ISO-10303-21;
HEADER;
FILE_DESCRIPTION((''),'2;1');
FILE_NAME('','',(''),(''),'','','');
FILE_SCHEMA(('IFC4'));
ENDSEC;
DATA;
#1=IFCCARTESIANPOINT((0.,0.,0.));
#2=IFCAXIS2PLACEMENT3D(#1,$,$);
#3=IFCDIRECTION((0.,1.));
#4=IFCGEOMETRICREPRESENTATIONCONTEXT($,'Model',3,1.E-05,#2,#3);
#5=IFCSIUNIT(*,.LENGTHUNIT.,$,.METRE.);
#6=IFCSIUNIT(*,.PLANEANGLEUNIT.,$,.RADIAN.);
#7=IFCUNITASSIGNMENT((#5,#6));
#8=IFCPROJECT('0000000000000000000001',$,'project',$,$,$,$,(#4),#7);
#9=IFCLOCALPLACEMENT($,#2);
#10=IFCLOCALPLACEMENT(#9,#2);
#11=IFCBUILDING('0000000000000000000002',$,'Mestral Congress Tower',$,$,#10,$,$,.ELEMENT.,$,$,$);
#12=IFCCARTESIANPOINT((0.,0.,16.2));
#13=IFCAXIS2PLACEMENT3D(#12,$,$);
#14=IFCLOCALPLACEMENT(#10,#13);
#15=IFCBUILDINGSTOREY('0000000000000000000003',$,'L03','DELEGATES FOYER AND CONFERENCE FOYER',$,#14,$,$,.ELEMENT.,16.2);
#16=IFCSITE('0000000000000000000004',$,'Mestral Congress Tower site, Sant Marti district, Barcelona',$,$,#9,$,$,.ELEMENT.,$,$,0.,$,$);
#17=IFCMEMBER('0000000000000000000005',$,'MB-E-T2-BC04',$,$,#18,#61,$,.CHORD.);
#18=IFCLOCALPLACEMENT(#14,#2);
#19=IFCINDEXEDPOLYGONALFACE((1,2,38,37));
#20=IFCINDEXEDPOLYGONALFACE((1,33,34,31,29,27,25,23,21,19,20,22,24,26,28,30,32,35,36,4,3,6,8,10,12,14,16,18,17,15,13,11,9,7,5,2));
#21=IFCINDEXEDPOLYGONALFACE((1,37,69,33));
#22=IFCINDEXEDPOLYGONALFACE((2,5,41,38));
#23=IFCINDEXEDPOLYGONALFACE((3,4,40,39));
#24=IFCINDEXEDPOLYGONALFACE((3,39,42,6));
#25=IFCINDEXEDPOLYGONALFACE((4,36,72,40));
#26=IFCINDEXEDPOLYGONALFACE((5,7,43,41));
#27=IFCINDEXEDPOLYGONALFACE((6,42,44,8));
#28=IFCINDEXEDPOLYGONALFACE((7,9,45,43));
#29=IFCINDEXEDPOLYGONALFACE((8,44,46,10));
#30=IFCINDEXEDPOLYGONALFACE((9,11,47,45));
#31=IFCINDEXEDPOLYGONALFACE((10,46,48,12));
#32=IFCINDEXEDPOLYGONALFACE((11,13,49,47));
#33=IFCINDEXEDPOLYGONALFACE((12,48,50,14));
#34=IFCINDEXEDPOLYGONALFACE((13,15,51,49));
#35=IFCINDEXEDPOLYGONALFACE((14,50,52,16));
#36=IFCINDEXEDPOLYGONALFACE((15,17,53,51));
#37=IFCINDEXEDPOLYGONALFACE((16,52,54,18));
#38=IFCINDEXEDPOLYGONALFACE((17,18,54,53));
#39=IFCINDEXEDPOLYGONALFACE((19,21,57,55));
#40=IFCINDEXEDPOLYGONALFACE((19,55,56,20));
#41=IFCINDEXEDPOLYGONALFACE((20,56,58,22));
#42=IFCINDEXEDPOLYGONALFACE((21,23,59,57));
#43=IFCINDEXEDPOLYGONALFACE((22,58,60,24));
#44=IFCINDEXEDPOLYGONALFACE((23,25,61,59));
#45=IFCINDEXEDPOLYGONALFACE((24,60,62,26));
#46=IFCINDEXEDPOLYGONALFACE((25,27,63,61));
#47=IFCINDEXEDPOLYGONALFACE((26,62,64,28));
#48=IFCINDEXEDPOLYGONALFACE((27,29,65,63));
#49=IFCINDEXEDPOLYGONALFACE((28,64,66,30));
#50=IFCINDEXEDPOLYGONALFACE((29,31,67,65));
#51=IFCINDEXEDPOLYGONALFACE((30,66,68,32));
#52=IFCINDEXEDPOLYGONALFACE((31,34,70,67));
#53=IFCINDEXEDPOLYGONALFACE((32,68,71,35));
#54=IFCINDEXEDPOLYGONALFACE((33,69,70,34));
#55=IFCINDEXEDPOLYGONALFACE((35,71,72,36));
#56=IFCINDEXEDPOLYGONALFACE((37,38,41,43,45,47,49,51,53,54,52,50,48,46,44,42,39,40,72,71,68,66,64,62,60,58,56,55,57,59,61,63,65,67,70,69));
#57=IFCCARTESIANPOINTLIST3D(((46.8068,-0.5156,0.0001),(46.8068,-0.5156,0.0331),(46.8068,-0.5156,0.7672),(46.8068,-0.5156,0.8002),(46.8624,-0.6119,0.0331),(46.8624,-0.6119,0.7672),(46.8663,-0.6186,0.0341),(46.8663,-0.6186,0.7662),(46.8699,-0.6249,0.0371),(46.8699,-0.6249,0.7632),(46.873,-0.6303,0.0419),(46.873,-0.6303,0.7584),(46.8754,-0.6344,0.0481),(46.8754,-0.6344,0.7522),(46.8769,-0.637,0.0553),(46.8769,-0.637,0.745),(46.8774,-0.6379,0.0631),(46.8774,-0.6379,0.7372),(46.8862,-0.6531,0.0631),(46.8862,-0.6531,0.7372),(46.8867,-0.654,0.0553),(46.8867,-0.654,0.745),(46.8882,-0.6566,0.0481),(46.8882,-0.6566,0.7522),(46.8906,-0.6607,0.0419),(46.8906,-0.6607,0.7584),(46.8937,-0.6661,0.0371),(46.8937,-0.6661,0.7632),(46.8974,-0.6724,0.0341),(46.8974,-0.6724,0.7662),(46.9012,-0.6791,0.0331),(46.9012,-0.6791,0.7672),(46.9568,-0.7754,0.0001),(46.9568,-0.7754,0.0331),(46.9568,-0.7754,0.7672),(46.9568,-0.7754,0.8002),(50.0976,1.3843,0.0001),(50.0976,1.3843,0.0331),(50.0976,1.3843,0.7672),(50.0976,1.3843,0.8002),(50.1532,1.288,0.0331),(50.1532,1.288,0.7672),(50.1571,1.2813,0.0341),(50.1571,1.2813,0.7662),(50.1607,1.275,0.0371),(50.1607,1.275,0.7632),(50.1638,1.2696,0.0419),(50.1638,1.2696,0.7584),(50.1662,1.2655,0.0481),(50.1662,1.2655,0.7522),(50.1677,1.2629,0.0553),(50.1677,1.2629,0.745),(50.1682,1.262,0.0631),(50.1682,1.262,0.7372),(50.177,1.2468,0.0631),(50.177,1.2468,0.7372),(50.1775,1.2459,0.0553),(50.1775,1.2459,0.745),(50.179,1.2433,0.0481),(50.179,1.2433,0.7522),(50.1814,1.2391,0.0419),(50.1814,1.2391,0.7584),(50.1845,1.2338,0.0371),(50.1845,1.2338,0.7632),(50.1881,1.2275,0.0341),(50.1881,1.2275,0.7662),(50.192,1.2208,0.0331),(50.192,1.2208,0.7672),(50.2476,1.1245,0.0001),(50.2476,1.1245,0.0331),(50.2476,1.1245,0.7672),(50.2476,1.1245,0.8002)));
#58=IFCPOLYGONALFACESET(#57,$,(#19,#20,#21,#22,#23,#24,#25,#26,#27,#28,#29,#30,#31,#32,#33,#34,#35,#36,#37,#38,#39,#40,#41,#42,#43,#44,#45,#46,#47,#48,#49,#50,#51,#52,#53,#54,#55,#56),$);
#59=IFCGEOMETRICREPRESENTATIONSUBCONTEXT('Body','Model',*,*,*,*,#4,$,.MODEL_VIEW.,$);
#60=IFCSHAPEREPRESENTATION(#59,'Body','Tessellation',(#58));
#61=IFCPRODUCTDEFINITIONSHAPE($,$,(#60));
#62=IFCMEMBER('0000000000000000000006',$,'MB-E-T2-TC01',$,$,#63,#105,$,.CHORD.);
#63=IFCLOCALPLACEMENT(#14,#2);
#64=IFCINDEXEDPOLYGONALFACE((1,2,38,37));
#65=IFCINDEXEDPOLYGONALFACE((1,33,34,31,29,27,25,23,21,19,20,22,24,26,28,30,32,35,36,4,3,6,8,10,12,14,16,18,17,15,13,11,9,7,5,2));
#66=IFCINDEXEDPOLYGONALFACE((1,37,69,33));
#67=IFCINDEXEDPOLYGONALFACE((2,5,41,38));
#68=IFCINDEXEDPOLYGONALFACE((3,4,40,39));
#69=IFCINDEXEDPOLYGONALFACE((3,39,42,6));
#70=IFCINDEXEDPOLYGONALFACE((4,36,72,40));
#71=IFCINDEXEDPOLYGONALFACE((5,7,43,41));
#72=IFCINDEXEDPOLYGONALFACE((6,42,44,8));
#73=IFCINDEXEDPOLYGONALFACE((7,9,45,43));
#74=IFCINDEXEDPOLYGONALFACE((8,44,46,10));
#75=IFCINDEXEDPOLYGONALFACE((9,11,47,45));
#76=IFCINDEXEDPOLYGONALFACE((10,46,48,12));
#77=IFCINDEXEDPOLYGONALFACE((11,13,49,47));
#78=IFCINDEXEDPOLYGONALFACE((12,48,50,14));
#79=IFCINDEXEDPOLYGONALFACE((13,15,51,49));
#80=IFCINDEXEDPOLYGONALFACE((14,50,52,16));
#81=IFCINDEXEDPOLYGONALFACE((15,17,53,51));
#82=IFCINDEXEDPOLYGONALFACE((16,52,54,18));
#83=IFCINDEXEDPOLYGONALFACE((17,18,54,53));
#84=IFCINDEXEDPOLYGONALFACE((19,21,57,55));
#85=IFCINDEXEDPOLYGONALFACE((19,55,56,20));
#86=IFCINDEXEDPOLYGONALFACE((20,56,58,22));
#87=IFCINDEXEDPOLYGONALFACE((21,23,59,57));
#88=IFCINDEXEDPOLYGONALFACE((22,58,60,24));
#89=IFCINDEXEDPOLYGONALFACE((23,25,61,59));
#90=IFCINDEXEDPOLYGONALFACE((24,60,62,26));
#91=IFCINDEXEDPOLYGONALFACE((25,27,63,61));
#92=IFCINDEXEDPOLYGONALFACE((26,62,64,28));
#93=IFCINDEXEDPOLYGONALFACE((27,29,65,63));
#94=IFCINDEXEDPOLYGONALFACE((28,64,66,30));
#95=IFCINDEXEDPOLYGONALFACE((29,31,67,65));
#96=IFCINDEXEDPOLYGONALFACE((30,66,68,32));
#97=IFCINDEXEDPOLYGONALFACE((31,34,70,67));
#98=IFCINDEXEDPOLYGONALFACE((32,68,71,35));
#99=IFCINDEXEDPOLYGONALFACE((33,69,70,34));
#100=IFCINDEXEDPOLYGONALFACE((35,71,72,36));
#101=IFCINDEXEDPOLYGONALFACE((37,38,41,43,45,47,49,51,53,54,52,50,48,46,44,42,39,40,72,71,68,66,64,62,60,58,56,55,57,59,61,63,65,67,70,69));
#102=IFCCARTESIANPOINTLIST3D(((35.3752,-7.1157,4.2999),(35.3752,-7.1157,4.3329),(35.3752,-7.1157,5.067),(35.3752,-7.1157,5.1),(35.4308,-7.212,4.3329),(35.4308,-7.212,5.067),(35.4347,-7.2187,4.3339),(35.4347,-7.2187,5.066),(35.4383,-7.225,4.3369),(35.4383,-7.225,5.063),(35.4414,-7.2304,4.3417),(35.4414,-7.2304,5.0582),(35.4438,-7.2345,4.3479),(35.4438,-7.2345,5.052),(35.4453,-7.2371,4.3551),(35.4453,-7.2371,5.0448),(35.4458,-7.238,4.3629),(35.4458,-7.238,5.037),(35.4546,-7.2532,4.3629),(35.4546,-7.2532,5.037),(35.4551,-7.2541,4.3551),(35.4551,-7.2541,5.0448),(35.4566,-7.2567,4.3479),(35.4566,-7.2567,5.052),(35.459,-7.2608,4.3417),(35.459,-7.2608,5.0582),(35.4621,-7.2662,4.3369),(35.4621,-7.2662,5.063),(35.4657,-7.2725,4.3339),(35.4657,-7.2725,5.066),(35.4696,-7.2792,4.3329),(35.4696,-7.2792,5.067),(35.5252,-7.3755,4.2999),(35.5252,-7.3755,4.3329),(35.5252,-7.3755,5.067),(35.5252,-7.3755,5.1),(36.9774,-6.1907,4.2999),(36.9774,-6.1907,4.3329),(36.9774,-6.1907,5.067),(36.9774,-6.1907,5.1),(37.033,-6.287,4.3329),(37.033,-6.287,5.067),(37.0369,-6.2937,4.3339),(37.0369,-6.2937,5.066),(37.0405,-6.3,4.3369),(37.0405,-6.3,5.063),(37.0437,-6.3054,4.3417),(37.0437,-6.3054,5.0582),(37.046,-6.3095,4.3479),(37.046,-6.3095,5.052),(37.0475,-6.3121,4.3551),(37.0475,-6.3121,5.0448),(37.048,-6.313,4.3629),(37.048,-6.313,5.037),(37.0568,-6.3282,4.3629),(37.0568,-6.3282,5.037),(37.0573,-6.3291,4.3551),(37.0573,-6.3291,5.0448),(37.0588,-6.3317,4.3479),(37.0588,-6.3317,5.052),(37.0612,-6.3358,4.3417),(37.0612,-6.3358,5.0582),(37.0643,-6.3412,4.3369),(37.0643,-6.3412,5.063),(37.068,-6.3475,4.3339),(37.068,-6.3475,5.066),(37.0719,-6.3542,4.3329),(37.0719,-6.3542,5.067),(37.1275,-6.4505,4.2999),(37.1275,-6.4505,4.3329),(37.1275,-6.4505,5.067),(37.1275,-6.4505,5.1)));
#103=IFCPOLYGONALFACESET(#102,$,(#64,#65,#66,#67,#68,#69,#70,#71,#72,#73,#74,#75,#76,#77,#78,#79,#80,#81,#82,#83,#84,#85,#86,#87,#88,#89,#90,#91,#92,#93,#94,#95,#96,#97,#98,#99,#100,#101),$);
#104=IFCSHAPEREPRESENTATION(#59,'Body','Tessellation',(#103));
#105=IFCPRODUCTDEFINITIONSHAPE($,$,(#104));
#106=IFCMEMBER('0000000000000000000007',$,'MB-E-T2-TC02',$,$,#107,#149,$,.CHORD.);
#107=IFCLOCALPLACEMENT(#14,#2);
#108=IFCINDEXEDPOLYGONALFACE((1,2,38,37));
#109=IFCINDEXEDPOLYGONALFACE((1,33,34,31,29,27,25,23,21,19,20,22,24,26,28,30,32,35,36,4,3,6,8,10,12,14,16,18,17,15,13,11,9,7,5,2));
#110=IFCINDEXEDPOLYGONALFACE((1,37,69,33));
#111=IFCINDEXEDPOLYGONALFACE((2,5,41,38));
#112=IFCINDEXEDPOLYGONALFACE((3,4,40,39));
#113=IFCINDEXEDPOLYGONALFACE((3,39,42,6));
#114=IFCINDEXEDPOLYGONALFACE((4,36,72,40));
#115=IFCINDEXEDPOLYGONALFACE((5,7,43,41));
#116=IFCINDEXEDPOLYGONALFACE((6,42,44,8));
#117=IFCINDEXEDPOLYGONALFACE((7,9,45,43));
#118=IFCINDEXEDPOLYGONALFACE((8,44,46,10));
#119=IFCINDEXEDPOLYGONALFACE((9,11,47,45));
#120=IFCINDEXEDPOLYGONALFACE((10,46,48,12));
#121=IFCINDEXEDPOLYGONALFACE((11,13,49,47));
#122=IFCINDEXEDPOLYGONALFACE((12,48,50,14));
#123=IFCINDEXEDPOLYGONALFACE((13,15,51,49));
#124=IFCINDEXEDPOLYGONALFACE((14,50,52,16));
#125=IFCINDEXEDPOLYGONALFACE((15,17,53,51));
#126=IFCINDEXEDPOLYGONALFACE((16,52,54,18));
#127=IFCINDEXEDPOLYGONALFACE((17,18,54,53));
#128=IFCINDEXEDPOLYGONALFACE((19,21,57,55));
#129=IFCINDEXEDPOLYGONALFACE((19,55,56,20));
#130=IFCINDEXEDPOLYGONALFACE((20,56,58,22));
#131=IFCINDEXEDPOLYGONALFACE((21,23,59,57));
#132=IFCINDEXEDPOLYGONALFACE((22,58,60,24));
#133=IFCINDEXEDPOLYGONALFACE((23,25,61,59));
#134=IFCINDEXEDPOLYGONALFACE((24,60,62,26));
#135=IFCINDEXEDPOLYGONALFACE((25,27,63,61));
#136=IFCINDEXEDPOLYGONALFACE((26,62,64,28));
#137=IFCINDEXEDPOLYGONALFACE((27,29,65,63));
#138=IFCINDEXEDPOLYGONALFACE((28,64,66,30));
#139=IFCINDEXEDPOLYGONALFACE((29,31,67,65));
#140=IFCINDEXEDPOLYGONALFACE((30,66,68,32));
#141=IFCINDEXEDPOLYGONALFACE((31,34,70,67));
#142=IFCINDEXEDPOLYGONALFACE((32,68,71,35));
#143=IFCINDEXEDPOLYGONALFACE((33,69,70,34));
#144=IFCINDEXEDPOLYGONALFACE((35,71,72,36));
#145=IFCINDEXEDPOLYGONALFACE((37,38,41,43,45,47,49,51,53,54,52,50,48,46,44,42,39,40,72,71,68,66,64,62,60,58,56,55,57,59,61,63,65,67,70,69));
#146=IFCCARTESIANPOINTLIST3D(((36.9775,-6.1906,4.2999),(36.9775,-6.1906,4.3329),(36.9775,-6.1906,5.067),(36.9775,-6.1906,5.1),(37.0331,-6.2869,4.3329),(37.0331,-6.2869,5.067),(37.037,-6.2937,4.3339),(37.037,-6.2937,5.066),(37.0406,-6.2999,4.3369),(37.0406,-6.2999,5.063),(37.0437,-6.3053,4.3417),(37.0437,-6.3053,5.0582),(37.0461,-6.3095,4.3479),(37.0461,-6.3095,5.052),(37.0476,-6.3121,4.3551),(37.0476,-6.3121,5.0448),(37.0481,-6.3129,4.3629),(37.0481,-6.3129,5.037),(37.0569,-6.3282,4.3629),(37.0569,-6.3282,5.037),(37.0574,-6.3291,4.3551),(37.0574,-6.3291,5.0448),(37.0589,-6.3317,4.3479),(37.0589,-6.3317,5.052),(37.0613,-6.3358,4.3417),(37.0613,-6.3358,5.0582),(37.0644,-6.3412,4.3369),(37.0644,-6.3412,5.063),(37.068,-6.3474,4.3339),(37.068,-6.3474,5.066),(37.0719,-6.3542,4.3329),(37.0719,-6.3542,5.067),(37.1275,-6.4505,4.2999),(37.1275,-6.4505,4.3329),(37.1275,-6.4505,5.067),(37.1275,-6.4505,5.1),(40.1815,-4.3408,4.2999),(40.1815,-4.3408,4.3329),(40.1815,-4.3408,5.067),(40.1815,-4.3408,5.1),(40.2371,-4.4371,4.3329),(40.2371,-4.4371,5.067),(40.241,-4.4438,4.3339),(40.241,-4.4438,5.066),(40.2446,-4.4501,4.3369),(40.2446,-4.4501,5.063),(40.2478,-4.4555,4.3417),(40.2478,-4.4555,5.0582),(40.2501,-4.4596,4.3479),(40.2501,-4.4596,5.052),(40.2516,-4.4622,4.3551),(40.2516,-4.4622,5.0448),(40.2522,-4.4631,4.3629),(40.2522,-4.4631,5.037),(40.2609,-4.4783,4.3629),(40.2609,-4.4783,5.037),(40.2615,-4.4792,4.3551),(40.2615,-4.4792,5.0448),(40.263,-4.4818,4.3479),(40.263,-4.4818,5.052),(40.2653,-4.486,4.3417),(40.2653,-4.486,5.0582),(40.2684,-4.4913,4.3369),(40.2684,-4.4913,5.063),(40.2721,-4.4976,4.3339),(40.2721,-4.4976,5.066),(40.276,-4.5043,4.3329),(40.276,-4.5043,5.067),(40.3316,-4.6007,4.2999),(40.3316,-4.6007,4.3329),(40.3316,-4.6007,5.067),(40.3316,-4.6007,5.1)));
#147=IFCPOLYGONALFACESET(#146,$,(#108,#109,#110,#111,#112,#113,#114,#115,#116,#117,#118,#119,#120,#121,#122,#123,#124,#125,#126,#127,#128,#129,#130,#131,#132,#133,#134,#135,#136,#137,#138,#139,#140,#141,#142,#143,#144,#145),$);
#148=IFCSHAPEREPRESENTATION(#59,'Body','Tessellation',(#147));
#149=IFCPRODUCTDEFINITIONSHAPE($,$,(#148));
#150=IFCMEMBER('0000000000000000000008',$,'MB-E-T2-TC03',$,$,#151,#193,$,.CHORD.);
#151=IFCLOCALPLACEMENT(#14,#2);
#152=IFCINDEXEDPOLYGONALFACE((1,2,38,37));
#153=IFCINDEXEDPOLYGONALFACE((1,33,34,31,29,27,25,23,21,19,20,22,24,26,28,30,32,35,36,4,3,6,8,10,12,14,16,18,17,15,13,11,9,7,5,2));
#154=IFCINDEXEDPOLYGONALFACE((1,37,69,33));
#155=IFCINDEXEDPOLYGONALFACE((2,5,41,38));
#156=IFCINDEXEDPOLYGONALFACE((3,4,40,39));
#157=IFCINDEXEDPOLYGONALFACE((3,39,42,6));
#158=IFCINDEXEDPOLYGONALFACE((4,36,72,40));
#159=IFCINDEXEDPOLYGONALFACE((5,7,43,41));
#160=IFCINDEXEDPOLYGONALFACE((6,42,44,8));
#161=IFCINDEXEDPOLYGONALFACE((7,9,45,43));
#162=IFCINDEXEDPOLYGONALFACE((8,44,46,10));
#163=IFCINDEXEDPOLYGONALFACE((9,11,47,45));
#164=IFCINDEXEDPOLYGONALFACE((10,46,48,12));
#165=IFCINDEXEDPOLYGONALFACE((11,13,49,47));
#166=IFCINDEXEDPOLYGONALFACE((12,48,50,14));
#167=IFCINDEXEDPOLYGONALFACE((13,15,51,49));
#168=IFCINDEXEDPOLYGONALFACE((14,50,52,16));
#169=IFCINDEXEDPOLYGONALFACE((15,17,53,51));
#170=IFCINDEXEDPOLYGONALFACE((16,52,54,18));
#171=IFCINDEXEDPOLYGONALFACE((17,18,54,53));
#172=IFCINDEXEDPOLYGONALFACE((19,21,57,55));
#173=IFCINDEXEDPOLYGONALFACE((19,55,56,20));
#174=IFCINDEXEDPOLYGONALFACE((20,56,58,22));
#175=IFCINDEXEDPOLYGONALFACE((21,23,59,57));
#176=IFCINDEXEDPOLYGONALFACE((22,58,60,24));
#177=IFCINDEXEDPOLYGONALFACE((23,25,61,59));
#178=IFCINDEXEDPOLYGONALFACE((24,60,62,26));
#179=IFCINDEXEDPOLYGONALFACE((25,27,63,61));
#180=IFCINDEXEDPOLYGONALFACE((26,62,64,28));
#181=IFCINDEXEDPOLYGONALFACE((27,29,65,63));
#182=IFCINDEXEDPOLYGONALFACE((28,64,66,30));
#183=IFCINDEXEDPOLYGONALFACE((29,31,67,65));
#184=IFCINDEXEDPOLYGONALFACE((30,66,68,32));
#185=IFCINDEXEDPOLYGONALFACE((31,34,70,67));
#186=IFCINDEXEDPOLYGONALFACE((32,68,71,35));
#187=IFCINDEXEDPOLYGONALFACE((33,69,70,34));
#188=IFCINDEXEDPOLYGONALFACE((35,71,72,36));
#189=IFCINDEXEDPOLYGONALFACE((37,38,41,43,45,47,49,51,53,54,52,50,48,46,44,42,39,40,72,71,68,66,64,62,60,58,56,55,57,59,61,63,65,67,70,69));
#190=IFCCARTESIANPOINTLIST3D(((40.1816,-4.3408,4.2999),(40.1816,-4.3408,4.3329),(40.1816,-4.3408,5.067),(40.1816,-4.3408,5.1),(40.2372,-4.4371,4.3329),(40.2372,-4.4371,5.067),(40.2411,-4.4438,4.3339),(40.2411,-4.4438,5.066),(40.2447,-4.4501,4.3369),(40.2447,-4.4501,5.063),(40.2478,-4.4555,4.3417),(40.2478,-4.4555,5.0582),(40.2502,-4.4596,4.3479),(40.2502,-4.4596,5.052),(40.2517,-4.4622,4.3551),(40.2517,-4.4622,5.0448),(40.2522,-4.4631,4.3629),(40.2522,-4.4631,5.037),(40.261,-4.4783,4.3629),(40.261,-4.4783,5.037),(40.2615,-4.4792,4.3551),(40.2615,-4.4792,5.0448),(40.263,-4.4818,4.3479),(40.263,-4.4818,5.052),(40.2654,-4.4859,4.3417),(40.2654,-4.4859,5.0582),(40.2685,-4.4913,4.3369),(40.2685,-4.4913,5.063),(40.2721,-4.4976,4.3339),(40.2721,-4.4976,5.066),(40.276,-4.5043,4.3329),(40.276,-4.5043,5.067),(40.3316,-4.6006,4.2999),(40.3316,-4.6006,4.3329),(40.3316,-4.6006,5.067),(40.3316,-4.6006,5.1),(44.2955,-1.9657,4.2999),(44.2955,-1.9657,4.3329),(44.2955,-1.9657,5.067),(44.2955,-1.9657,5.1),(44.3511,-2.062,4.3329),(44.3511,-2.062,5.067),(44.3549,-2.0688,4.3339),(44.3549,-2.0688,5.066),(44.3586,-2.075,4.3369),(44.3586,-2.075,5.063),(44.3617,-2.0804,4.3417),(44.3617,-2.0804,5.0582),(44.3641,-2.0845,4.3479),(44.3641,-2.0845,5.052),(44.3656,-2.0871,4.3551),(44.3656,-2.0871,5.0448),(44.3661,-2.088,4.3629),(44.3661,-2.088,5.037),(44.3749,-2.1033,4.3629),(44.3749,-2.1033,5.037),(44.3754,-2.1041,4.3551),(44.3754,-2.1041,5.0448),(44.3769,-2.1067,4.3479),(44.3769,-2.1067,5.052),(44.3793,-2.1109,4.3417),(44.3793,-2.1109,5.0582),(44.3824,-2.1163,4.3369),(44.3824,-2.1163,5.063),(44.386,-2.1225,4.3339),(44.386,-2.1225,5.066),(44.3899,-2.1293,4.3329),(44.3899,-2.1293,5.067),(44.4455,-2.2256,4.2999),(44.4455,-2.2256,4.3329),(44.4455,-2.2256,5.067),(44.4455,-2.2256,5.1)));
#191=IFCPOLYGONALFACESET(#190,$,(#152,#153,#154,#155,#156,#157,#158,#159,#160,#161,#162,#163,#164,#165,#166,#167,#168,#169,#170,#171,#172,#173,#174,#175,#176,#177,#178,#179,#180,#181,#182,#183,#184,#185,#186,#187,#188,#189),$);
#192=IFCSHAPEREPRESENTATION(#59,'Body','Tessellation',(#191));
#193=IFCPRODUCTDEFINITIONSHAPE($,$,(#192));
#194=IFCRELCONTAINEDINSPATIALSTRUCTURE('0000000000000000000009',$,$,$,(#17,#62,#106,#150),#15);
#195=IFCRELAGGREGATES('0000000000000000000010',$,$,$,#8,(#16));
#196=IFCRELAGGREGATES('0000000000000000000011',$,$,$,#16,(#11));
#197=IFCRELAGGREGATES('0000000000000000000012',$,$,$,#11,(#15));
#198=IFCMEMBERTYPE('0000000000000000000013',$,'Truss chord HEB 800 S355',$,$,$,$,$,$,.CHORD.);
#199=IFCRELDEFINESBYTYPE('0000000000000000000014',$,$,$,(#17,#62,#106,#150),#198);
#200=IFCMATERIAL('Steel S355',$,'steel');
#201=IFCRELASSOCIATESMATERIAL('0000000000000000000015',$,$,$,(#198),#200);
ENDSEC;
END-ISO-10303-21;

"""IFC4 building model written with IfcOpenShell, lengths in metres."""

from ifc_helpers import new_model, si_unit, direction, frame, origin, origin_2d, place, context, subcontext, project, spatial, i_section, extrude, material, material_profile, profile_set, type_object, element, save


model = new_model("IFC4")

# Units and contexts
model_context = context("Model", 3, precision=1e-05, world=origin(), true_north=direction((0.0, 1.0)))
body_context = subcontext(model_context, "Body", "Model", "MODEL_VIEW")
ifc_project = project(units=[si_unit("LENGTHUNIT", "METRE"), si_unit("PLANEANGLEUNIT", "RADIAN")], contexts=[model_context])

# Site, building, storey
site_placement = place(None, origin())
site = spatial("IfcSite", under=ifc_project, at=site_placement, Name="Mestral Congress Tower site, Sant Marti district, Barcelona", CompositionType="ELEMENT", RefElevation=0.0)
building_placement = place(site_placement, origin())
building = spatial("IfcBuilding", under=site, at=building_placement, Name="Mestral Congress Tower", CompositionType="ELEMENT")
storey_placement = place(building_placement, frame((0.0, 0.0, 16.2)))
storey = spatial("IfcBuildingStorey", under=building, at=storey_placement, Name="L03", Description="DELEGATES FOYER AND CONFERENCE FOYER", CompositionType="ELEMENT", Elevation=16.2)

# Members
ifc_material_1 = material(Name="Steel S355", Category="steel")
ifc_material_profile_1 = material_profile(ifc_material_1, i_section(OverallWidth=0.3, OverallDepth=0.8, WebThickness=0.0176, FlangeThickness=0.033, FilletRadius=0.03, at=origin_2d()), Name="HEB 800")
ifc_profile_set_1 = profile_set([ifc_material_profile_1], Name="Steel S355")
member_type_1 = type_object("IfcMemberType", Name="Truss chord HEB 800 S355", PredefinedType="CHORD", material=ifc_profile_set_1)
member_1_placement = place(storey_placement, frame((46.8818, -0.6455, 0.4001), z_axis=(0.866028, 0.499995, 0.0), x_axis=(-0.499995, 0.866028, 0.0)))
element("IfcMember", 1, at=member_1_placement, inside=storey, type_object=member_type_1, Name="MB-E-T2-BC04", PredefinedType="CHORD", context=body_context, shape_type="SweptSolid", body=[
    extrude(i_section(OverallWidth=0.3, OverallDepth=0.8, WebThickness=0.0176, FlangeThickness=0.033, FilletRadius=0.03, at=origin_2d()), origin(), (0.0, 0.0, 1.0), 3.7998),
])
member_2_placement = place(storey_placement, frame((35.4502, -7.2456, 4.7), z_axis=(0.866034, 0.499985, 0.0), x_axis=(-0.499985, 0.866034, 0.0)))
element("IfcMember", 2, at=member_2_placement, inside=storey, type_object=member_type_1, Name="MB-E-T2-TC01", PredefinedType="CHORD", context=body_context, shape_type="SweptSolid", body=[
    extrude(i_section(OverallWidth=0.3, OverallDepth=0.8, WebThickness=0.0176, FlangeThickness=0.033, FilletRadius=0.03, at=origin_2d()), origin(), (0.0, 0.0, 1.0), 1.8501),
])
member_3_placement = place(storey_placement, frame((37.0525, -6.3206, 4.7), z_axis=(0.86603, 0.499993, 0.0), x_axis=(-0.499993, 0.86603, 0.0)))
element("IfcMember", 3, at=member_3_placement, inside=storey, type_object=member_type_1, Name="MB-E-T2-TC02", PredefinedType="CHORD", context=body_context, shape_type="SweptSolid", body=[
    extrude(i_section(OverallWidth=0.3, OverallDepth=0.8, WebThickness=0.0176, FlangeThickness=0.033, FilletRadius=0.03, at=origin_2d()), origin(), (0.0, 0.0, 1.0), 3.6997),
])
member_4_placement = place(storey_placement, frame((40.2566, -4.4707, 4.7), z_axis=(0.866033, 0.499986, 0.0), x_axis=(-0.499986, 0.866033, 0.0)))
element("IfcMember", 4, at=member_4_placement, inside=storey, type_object=member_type_1, Name="MB-E-T2-TC03", PredefinedType="CHORD", context=body_context, shape_type="SweptSolid", body=[
    extrude(i_section(OverallWidth=0.3, OverallDepth=0.8, WebThickness=0.0176, FlangeThickness=0.033, FilletRadius=0.03, at=origin_2d()), origin(), (0.0, 0.0, 1.0), 4.7502),
])

save(model, "model.ifc")
